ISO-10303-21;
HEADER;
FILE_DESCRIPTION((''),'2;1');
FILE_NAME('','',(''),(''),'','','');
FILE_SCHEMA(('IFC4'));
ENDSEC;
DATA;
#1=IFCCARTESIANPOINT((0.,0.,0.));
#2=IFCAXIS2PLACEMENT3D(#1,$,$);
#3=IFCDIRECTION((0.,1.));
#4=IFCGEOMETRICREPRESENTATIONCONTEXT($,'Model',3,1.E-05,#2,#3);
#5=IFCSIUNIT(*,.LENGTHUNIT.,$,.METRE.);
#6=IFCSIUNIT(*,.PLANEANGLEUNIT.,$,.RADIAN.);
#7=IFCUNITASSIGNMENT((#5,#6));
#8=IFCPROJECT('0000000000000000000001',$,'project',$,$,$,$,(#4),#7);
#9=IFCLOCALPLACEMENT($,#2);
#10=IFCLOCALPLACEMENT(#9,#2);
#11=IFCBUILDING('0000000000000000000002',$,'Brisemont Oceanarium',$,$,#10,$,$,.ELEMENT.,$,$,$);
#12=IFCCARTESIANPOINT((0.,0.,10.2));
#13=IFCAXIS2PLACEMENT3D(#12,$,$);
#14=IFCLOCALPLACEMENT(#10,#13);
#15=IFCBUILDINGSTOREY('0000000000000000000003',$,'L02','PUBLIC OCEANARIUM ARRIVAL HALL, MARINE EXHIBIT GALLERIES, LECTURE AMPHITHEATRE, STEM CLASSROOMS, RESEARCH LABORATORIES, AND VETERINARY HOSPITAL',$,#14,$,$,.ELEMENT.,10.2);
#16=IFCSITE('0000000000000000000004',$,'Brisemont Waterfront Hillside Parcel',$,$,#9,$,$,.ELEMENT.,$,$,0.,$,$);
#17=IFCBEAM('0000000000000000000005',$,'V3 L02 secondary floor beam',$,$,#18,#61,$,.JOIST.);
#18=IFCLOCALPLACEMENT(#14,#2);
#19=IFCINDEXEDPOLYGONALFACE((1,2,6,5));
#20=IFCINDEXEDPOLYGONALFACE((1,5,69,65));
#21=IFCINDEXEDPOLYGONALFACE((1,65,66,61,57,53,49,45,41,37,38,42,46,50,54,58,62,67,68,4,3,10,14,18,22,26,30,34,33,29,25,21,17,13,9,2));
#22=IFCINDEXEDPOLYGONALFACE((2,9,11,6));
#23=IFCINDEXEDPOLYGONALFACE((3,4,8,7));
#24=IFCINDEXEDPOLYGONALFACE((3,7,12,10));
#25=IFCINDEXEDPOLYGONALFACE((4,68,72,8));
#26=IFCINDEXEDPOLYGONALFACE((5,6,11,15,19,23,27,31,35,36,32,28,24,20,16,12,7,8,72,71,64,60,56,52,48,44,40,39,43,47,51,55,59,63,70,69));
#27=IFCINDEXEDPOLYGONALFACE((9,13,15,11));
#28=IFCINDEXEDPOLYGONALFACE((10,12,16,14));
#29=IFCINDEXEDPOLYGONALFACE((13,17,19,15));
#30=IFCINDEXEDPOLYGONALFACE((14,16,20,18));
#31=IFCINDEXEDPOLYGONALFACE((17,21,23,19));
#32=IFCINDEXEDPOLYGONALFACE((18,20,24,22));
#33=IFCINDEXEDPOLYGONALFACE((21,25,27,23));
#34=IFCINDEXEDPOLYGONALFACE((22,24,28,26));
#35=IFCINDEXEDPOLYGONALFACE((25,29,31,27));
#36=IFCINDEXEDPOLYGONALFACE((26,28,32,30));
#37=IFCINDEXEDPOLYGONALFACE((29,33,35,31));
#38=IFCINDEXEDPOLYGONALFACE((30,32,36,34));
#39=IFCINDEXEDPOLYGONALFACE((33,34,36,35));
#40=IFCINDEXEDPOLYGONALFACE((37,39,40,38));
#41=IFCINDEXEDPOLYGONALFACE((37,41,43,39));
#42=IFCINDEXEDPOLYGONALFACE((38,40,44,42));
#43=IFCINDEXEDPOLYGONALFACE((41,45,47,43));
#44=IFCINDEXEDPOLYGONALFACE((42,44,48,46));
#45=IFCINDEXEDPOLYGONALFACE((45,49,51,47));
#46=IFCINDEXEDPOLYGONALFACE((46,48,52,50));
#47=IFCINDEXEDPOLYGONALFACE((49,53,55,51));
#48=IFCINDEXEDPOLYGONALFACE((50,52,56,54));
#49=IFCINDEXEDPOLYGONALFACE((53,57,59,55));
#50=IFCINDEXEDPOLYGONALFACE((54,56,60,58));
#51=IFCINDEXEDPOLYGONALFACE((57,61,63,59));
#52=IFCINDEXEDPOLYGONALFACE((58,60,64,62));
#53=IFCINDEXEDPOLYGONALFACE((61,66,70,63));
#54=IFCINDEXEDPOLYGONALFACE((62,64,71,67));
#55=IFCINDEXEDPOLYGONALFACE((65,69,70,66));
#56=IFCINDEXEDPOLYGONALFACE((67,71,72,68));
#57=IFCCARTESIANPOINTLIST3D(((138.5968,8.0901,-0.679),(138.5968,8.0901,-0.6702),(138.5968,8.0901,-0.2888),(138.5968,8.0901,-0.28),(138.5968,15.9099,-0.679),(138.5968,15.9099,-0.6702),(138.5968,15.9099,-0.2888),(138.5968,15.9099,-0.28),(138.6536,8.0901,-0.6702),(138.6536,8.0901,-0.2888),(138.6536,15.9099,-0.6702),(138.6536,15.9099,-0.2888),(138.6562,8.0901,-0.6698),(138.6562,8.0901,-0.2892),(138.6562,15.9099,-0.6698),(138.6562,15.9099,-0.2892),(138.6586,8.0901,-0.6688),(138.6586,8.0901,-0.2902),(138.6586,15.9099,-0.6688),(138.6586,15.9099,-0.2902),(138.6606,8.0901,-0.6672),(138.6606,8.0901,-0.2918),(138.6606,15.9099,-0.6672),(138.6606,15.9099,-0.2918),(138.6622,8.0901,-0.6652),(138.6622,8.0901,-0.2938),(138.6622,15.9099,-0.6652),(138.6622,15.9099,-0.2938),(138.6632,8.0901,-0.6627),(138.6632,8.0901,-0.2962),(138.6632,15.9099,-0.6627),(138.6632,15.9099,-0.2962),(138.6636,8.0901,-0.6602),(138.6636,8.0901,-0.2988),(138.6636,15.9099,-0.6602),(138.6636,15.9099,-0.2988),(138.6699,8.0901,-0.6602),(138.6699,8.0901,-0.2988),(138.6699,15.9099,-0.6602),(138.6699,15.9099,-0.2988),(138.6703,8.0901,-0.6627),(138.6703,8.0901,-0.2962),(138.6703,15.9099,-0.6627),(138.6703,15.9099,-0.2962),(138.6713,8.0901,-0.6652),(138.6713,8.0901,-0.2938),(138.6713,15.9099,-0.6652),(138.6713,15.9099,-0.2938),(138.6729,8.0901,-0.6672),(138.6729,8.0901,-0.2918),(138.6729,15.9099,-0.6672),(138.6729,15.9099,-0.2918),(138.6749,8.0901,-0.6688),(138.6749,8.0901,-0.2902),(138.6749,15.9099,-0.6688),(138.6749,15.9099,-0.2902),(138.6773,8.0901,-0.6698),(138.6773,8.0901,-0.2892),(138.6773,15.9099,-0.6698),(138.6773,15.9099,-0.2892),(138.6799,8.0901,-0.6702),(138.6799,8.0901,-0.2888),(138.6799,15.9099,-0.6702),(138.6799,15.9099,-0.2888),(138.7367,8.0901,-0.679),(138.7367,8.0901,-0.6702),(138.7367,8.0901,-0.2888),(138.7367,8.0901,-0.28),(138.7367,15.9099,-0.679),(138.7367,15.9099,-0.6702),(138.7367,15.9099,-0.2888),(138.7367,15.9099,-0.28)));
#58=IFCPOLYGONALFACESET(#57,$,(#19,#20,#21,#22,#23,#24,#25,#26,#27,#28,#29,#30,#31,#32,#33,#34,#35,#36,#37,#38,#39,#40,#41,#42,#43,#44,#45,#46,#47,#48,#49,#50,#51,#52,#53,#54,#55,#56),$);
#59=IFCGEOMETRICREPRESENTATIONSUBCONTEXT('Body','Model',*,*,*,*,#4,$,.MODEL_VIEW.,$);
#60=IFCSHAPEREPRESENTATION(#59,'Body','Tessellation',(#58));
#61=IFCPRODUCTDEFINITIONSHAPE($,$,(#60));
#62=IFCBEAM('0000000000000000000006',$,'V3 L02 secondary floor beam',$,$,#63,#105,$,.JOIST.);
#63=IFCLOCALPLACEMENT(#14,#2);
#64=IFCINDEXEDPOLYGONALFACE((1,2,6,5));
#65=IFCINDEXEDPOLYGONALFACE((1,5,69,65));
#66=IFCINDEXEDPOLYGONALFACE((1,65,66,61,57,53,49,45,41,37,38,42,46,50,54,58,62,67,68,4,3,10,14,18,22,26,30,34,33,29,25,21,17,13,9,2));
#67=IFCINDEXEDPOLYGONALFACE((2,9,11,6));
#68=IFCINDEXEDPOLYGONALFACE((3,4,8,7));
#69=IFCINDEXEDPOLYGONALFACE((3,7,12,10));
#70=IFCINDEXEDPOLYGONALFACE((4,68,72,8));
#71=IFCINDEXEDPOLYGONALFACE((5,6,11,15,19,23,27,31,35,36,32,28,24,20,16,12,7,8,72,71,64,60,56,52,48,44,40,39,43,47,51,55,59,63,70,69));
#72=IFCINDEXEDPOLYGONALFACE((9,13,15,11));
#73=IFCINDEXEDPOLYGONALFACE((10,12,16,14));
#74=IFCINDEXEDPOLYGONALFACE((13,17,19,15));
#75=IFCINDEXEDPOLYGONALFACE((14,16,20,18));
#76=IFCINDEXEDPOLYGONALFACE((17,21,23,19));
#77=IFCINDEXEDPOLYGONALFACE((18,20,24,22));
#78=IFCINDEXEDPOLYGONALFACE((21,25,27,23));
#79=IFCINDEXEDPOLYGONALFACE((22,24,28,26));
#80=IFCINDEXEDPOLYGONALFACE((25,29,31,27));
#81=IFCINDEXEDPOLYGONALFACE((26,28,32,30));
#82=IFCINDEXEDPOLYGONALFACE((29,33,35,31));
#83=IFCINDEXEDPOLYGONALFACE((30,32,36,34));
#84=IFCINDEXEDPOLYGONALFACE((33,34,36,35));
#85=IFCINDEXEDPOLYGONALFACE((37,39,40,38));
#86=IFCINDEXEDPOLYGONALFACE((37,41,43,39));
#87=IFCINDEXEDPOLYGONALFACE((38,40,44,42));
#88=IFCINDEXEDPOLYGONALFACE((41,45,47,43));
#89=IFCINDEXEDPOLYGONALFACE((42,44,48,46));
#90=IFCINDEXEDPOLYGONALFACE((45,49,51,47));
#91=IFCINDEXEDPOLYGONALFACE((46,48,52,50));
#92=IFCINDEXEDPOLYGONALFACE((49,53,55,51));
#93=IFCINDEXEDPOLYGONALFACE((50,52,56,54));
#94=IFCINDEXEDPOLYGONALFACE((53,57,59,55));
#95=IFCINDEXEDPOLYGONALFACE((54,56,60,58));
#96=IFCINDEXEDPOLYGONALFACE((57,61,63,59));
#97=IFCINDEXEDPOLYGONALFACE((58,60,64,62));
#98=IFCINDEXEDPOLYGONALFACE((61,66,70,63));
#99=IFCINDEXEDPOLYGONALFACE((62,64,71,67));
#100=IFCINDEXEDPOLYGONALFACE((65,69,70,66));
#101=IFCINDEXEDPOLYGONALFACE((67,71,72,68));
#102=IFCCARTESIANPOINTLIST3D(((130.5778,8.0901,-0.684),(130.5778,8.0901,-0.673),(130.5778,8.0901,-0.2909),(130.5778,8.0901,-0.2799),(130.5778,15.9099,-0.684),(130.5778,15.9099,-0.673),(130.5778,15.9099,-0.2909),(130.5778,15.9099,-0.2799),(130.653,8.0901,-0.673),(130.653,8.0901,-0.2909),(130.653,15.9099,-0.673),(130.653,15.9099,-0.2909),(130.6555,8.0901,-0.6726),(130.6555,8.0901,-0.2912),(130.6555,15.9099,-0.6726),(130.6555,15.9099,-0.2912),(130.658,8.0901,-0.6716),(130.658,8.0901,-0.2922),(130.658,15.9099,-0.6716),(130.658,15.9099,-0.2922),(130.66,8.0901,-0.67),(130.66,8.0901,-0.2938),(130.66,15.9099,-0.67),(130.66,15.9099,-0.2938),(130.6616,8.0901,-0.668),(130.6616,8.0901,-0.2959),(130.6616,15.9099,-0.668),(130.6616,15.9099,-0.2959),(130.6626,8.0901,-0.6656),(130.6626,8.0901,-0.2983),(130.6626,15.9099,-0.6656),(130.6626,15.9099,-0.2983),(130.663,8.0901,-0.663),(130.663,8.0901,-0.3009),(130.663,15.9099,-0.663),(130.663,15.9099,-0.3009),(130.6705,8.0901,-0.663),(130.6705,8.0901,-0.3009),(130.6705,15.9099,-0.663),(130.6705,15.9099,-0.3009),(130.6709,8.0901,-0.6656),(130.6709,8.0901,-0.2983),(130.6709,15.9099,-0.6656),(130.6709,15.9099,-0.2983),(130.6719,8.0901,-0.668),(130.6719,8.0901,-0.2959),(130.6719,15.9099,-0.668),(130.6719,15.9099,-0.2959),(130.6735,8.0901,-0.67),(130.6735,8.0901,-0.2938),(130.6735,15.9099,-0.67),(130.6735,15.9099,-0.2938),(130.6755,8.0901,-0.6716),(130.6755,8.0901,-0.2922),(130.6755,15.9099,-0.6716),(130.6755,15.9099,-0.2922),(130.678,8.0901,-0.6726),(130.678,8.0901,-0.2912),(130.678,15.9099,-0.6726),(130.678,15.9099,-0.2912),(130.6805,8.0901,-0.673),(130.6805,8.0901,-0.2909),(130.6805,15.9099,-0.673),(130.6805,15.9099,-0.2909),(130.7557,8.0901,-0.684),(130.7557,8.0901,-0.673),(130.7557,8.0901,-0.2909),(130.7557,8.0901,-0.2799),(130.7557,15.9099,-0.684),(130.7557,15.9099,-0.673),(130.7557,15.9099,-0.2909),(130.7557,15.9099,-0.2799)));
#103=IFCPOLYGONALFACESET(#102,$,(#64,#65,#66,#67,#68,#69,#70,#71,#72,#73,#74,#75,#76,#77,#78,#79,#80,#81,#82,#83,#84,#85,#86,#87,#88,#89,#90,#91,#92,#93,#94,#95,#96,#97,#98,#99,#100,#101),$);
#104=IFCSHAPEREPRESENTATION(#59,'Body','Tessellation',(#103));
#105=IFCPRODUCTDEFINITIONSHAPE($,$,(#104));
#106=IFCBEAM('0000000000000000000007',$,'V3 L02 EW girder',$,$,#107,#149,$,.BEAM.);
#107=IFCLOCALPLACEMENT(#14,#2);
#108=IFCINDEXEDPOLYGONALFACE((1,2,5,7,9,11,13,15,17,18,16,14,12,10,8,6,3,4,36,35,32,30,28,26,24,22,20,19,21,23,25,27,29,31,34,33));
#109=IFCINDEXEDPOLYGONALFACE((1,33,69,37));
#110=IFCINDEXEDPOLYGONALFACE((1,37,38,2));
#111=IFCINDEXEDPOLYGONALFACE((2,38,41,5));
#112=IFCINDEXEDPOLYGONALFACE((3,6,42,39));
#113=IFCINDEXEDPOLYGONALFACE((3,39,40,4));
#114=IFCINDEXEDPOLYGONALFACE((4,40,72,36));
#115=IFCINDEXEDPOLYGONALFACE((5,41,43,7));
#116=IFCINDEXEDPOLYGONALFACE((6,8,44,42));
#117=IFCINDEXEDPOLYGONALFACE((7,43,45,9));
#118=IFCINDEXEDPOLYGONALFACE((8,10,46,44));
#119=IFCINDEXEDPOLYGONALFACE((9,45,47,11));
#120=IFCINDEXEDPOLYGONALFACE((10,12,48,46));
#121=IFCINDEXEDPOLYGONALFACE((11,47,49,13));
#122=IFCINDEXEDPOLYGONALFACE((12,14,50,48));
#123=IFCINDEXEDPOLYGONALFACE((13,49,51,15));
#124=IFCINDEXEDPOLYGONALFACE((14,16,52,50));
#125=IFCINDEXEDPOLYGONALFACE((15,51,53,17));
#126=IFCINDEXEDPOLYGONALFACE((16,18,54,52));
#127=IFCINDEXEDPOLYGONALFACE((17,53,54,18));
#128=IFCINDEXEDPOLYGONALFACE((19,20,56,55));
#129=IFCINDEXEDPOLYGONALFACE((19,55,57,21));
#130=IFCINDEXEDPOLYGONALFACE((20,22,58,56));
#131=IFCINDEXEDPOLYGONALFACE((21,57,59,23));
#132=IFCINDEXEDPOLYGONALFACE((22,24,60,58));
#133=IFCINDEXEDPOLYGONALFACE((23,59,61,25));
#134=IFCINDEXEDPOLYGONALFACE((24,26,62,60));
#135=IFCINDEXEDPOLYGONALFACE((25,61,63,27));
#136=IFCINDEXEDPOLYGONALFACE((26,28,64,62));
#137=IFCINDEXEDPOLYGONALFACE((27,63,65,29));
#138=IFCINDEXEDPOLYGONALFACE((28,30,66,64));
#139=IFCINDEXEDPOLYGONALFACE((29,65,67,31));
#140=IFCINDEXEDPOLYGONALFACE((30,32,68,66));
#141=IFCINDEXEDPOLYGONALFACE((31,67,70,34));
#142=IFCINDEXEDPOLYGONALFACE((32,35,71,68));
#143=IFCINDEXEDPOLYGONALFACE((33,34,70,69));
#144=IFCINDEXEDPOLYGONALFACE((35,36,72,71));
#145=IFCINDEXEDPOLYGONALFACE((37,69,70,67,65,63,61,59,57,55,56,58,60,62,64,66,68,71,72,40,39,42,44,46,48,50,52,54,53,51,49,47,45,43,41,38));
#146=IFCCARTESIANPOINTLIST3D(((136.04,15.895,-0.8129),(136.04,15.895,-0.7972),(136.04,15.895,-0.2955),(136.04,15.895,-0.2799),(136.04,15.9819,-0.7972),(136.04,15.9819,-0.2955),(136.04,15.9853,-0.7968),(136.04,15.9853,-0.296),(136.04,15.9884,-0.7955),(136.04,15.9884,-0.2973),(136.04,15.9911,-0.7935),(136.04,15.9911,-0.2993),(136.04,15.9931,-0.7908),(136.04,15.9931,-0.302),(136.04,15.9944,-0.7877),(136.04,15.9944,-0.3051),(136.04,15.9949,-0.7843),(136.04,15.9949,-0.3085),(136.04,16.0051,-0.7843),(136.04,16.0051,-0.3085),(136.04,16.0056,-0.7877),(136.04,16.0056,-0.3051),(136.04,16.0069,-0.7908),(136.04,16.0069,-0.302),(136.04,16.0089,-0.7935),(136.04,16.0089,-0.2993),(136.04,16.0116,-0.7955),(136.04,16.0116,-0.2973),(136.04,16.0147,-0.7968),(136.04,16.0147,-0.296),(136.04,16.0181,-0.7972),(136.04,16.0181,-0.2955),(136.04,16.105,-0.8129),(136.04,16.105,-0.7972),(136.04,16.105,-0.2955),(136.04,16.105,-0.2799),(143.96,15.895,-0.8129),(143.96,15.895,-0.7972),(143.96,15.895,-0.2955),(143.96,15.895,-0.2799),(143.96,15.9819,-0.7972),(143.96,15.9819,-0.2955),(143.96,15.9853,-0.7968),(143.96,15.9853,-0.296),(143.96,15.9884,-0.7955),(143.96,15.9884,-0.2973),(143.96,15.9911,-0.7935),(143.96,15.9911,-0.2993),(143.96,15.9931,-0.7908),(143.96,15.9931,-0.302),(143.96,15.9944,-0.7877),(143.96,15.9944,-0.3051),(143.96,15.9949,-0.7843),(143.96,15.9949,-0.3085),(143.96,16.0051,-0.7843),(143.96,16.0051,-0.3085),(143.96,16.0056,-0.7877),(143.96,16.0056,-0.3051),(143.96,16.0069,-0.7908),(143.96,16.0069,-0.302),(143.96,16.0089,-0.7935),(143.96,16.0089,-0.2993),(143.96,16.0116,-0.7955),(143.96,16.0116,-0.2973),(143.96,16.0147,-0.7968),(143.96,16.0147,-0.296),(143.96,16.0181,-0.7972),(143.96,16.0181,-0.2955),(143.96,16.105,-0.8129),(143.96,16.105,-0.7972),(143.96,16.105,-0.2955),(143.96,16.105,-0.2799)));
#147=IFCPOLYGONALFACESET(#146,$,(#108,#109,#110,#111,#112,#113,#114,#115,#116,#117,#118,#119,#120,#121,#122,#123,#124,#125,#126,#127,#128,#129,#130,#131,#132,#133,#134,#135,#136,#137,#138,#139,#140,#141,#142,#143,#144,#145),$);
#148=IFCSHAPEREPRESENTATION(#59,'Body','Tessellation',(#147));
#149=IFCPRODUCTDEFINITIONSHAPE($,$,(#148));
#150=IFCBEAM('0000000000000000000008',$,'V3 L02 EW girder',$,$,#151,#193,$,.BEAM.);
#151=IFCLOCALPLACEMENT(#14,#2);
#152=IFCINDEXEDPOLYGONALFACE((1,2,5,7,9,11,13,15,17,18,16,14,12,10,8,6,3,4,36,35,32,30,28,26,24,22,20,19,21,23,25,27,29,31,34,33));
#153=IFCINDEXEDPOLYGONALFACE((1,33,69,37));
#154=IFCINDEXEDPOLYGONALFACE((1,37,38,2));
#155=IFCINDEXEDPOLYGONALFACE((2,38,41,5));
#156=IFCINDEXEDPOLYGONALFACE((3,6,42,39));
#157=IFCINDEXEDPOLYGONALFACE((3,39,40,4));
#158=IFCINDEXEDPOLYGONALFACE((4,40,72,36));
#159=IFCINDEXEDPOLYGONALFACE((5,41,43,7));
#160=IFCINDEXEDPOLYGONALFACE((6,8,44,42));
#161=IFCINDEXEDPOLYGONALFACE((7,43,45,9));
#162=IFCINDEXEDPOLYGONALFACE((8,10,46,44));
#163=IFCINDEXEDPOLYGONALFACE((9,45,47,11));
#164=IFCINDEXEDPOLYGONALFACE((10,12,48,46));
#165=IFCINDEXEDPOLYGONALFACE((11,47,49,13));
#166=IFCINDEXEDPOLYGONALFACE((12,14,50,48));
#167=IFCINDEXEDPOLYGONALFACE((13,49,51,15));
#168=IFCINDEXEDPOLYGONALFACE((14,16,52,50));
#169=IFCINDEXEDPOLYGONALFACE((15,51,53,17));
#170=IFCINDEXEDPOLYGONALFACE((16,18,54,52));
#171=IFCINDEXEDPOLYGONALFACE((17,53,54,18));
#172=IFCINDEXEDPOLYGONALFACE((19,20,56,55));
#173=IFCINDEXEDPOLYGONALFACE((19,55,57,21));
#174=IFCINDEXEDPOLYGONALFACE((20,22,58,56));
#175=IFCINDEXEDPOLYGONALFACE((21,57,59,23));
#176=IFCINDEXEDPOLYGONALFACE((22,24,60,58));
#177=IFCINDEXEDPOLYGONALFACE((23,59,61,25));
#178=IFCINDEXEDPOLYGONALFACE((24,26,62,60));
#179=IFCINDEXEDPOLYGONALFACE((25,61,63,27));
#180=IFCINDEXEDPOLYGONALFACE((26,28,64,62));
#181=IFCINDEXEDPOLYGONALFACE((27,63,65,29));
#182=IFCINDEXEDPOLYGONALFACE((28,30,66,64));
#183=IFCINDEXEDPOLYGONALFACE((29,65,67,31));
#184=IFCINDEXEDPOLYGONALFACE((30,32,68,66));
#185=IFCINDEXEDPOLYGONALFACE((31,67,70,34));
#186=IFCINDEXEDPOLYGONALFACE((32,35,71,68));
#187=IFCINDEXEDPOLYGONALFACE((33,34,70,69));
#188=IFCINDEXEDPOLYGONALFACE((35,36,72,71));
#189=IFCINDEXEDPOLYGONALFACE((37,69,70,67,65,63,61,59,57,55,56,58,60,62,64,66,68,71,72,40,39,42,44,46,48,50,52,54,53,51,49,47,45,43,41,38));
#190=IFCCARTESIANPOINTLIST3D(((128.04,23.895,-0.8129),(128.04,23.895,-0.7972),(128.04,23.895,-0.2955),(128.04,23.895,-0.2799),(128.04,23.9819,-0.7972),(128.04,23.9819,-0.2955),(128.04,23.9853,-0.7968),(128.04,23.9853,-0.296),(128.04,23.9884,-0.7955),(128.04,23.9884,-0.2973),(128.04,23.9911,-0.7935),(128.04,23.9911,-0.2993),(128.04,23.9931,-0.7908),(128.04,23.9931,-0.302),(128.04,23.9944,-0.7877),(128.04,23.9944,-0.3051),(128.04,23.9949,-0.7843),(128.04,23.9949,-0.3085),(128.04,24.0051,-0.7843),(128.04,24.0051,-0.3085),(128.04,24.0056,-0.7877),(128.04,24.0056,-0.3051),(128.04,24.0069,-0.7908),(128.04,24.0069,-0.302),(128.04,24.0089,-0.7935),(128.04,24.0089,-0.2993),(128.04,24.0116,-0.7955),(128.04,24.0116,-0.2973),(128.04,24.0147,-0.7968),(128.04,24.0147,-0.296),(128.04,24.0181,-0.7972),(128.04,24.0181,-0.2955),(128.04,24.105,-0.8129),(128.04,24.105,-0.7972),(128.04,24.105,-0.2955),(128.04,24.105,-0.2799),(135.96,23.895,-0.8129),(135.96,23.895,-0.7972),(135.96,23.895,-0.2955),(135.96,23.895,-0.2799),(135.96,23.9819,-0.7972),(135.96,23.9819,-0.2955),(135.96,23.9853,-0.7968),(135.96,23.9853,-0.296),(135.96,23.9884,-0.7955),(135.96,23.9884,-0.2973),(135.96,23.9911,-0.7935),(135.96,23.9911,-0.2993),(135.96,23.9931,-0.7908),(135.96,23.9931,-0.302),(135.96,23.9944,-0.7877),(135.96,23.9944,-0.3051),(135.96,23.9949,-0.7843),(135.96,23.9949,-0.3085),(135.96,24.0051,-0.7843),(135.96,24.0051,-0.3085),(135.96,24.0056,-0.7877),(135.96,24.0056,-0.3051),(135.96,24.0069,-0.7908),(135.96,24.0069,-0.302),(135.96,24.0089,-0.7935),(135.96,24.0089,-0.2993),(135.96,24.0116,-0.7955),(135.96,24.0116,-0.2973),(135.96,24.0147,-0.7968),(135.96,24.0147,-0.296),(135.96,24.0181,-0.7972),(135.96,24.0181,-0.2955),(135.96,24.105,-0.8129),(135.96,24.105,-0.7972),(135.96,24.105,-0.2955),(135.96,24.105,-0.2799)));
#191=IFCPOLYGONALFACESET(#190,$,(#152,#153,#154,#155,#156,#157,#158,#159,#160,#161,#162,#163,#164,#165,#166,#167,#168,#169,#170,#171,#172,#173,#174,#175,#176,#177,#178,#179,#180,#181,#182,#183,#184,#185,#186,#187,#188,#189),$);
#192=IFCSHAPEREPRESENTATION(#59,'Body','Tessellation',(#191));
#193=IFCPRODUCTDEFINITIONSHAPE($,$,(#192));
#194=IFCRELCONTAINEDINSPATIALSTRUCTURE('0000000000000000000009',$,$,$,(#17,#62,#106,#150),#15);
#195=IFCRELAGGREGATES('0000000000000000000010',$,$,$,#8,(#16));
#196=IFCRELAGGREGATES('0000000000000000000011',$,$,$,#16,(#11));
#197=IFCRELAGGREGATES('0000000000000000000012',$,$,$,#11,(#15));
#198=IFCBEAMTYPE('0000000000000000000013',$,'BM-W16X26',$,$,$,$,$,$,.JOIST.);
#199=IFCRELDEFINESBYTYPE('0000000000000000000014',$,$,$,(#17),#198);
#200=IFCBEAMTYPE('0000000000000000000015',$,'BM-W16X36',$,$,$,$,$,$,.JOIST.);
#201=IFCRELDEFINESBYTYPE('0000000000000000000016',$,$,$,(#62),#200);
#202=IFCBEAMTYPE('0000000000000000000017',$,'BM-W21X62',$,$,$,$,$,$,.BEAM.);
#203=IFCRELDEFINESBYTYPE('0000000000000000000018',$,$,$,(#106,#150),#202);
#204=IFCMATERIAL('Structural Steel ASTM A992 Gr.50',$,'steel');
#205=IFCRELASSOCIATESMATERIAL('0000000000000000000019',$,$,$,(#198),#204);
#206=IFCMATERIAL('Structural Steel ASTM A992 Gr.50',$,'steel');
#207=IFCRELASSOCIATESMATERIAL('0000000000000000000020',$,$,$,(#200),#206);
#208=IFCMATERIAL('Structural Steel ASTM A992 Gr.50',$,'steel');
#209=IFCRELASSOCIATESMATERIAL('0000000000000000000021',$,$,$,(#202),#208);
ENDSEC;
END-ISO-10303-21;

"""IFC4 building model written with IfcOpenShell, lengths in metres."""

from ifc_helpers import new_model, si_unit, direction, frame, origin, origin_2d, place, context, subcontext, project, spatial, i_section, extrude, material, material_profile, profile_set, type_object, element, save


model = new_model("IFC4")

# Units and contexts
model_context = context("Model", 3, precision=1e-05, world=origin(), true_north=direction((0.0, 1.0)))
body_context = subcontext(model_context, "Body", "Model", "MODEL_VIEW")
ifc_project = project(units=[si_unit("LENGTHUNIT", "METRE"), si_unit("PLANEANGLEUNIT", "RADIAN")], contexts=[model_context])

# Site, building, storey
site_placement = place(None, origin())
site = spatial("IfcSite", under=ifc_project, at=site_placement, Name="Brisemont Waterfront Hillside Parcel", CompositionType="ELEMENT", RefElevation=0.0)
building_placement = place(site_placement, origin())
building = spatial("IfcBuilding", under=site, at=building_placement, Name="Brisemont Oceanarium", CompositionType="ELEMENT")
storey_placement = place(building_placement, frame((0.0, 0.0, 10.2)))
storey = spatial("IfcBuildingStorey", under=building, at=storey_placement, Name="L02", Description="PUBLIC OCEANARIUM ARRIVAL HALL, MARINE EXHIBIT GALLERIES, LECTURE AMPHITHEATRE, STEM CLASSROOMS, RESEARCH LABORATORIES, AND VETERINARY HOSPITAL", CompositionType="ELEMENT", Elevation=10.2)

# Beams
ifc_material_1 = material(Name="Structural Steel ASTM A992 Gr.50", Category="steel")
ifc_material_profile_1 = material_profile(ifc_material_1, i_section(OverallWidth=0.1399, OverallDepth=0.3989, WebThickness=0.0063, FlangeThickness=0.0088, FilletRadius=0.01, at=origin_2d()), Name="W16X26")
ifc_profile_set_1 = profile_set([ifc_material_profile_1], Name="Structural Steel ASTM A992 Gr.50")
beam_type_1 = type_object("IfcBeamType", Name="BM-W16X26", PredefinedType="JOIST", material=ifc_profile_set_1)
for number, where, z_axis, x_axis, name in (
    (1, (138.6667, 8.0901, -0.4795), (0.0, 1.0, 0.0), (-1.0, 0.0, 0.0), "V3 L02 secondary floor beam"),
):
    element("IfcBeam", number, at=place(storey_placement, frame(where, z_axis=z_axis, x_axis=x_axis)), inside=storey, type_object=beam_type_1, Name=name, PredefinedType="JOIST", context=body_context, shape_type="SweptSolid", body=[
        extrude(i_section(OverallWidth=0.1399, OverallDepth=0.3989, WebThickness=0.0063, FlangeThickness=0.0088, FilletRadius=0.01, at=origin_2d()), origin(), (0.0, 0.0, 1.0), 7.8198),
    ])
ifc_material_2 = material(Name="Structural Steel ASTM A992 Gr.50", Category="steel")
ifc_material_profile_2 = material_profile(ifc_material_2, i_section(OverallWidth=0.178, OverallDepth=0.4041, WebThickness=0.0076, FlangeThickness=0.011, FilletRadius=0.01, at=origin_2d()), Name="W16X36")
ifc_profile_set_2 = profile_set([ifc_material_profile_2], Name="Structural Steel ASTM A992 Gr.50")
beam_type_2 = type_object("IfcBeamType", Name="BM-W16X36", PredefinedType="JOIST", material=ifc_profile_set_2)
beam_1_placement = place(storey_placement, frame((130.6667, 8.0901, -0.4819), z_axis=(0.0, 1.0, 0.0), x_axis=(-1.0, 0.0, 0.0)))
element("IfcBeam", 2, at=beam_1_placement, inside=storey, type_object=beam_type_2, Name="V3 L02 secondary floor beam", PredefinedType="JOIST", context=body_context, shape_type="SweptSolid", body=[
    extrude(i_section(OverallWidth=0.178, OverallDepth=0.4041, WebThickness=0.0076, FlangeThickness=0.011, FilletRadius=0.01, at=origin_2d()), origin(), (0.0, 0.0, 1.0), 7.8198),
])
ifc_material_3 = material(Name="Structural Steel ASTM A992 Gr.50", Category="steel")
ifc_material_profile_3 = material_profile(ifc_material_3, i_section(OverallWidth=0.21, OverallDepth=0.533, WebThickness=0.0103, FlangeThickness=0.0156, FilletRadius=0.0129, at=origin_2d()), Name="W21X62")
ifc_profile_set_3 = profile_set([ifc_material_profile_3], Name="Structural Steel ASTM A992 Gr.50")
beam_type_3 = type_object("IfcBeamType", Name="BM-W21X62", PredefinedType="BEAM", material=ifc_profile_set_3)
for number, where, z_axis, x_axis, name in (
    (3, (136.04, 16.0, -0.5464), (1.0, 0.0, 0.0), (0.0, 1.0, 0.0), "V3 L02 EW girder"),
    (4, (128.04, 24.0, -0.5464), (1.0, 0.0, 0.0), (0.0, 1.0, 0.0), "V3 L02 EW girder"),
):
    element("IfcBeam", number, at=place(storey_placement, frame(where, z_axis=z_axis, x_axis=x_axis)), inside=storey, type_object=beam_type_3, Name=name, PredefinedType="BEAM", context=body_context, shape_type="SweptSolid", body=[
        extrude(i_section(OverallWidth=0.21, OverallDepth=0.533, WebThickness=0.0103, FlangeThickness=0.0156, FilletRadius=0.0129, at=origin_2d()), origin(), (0.0, 0.0, 1.0), 7.9199),
    ])

save(model, "model.ifc")
